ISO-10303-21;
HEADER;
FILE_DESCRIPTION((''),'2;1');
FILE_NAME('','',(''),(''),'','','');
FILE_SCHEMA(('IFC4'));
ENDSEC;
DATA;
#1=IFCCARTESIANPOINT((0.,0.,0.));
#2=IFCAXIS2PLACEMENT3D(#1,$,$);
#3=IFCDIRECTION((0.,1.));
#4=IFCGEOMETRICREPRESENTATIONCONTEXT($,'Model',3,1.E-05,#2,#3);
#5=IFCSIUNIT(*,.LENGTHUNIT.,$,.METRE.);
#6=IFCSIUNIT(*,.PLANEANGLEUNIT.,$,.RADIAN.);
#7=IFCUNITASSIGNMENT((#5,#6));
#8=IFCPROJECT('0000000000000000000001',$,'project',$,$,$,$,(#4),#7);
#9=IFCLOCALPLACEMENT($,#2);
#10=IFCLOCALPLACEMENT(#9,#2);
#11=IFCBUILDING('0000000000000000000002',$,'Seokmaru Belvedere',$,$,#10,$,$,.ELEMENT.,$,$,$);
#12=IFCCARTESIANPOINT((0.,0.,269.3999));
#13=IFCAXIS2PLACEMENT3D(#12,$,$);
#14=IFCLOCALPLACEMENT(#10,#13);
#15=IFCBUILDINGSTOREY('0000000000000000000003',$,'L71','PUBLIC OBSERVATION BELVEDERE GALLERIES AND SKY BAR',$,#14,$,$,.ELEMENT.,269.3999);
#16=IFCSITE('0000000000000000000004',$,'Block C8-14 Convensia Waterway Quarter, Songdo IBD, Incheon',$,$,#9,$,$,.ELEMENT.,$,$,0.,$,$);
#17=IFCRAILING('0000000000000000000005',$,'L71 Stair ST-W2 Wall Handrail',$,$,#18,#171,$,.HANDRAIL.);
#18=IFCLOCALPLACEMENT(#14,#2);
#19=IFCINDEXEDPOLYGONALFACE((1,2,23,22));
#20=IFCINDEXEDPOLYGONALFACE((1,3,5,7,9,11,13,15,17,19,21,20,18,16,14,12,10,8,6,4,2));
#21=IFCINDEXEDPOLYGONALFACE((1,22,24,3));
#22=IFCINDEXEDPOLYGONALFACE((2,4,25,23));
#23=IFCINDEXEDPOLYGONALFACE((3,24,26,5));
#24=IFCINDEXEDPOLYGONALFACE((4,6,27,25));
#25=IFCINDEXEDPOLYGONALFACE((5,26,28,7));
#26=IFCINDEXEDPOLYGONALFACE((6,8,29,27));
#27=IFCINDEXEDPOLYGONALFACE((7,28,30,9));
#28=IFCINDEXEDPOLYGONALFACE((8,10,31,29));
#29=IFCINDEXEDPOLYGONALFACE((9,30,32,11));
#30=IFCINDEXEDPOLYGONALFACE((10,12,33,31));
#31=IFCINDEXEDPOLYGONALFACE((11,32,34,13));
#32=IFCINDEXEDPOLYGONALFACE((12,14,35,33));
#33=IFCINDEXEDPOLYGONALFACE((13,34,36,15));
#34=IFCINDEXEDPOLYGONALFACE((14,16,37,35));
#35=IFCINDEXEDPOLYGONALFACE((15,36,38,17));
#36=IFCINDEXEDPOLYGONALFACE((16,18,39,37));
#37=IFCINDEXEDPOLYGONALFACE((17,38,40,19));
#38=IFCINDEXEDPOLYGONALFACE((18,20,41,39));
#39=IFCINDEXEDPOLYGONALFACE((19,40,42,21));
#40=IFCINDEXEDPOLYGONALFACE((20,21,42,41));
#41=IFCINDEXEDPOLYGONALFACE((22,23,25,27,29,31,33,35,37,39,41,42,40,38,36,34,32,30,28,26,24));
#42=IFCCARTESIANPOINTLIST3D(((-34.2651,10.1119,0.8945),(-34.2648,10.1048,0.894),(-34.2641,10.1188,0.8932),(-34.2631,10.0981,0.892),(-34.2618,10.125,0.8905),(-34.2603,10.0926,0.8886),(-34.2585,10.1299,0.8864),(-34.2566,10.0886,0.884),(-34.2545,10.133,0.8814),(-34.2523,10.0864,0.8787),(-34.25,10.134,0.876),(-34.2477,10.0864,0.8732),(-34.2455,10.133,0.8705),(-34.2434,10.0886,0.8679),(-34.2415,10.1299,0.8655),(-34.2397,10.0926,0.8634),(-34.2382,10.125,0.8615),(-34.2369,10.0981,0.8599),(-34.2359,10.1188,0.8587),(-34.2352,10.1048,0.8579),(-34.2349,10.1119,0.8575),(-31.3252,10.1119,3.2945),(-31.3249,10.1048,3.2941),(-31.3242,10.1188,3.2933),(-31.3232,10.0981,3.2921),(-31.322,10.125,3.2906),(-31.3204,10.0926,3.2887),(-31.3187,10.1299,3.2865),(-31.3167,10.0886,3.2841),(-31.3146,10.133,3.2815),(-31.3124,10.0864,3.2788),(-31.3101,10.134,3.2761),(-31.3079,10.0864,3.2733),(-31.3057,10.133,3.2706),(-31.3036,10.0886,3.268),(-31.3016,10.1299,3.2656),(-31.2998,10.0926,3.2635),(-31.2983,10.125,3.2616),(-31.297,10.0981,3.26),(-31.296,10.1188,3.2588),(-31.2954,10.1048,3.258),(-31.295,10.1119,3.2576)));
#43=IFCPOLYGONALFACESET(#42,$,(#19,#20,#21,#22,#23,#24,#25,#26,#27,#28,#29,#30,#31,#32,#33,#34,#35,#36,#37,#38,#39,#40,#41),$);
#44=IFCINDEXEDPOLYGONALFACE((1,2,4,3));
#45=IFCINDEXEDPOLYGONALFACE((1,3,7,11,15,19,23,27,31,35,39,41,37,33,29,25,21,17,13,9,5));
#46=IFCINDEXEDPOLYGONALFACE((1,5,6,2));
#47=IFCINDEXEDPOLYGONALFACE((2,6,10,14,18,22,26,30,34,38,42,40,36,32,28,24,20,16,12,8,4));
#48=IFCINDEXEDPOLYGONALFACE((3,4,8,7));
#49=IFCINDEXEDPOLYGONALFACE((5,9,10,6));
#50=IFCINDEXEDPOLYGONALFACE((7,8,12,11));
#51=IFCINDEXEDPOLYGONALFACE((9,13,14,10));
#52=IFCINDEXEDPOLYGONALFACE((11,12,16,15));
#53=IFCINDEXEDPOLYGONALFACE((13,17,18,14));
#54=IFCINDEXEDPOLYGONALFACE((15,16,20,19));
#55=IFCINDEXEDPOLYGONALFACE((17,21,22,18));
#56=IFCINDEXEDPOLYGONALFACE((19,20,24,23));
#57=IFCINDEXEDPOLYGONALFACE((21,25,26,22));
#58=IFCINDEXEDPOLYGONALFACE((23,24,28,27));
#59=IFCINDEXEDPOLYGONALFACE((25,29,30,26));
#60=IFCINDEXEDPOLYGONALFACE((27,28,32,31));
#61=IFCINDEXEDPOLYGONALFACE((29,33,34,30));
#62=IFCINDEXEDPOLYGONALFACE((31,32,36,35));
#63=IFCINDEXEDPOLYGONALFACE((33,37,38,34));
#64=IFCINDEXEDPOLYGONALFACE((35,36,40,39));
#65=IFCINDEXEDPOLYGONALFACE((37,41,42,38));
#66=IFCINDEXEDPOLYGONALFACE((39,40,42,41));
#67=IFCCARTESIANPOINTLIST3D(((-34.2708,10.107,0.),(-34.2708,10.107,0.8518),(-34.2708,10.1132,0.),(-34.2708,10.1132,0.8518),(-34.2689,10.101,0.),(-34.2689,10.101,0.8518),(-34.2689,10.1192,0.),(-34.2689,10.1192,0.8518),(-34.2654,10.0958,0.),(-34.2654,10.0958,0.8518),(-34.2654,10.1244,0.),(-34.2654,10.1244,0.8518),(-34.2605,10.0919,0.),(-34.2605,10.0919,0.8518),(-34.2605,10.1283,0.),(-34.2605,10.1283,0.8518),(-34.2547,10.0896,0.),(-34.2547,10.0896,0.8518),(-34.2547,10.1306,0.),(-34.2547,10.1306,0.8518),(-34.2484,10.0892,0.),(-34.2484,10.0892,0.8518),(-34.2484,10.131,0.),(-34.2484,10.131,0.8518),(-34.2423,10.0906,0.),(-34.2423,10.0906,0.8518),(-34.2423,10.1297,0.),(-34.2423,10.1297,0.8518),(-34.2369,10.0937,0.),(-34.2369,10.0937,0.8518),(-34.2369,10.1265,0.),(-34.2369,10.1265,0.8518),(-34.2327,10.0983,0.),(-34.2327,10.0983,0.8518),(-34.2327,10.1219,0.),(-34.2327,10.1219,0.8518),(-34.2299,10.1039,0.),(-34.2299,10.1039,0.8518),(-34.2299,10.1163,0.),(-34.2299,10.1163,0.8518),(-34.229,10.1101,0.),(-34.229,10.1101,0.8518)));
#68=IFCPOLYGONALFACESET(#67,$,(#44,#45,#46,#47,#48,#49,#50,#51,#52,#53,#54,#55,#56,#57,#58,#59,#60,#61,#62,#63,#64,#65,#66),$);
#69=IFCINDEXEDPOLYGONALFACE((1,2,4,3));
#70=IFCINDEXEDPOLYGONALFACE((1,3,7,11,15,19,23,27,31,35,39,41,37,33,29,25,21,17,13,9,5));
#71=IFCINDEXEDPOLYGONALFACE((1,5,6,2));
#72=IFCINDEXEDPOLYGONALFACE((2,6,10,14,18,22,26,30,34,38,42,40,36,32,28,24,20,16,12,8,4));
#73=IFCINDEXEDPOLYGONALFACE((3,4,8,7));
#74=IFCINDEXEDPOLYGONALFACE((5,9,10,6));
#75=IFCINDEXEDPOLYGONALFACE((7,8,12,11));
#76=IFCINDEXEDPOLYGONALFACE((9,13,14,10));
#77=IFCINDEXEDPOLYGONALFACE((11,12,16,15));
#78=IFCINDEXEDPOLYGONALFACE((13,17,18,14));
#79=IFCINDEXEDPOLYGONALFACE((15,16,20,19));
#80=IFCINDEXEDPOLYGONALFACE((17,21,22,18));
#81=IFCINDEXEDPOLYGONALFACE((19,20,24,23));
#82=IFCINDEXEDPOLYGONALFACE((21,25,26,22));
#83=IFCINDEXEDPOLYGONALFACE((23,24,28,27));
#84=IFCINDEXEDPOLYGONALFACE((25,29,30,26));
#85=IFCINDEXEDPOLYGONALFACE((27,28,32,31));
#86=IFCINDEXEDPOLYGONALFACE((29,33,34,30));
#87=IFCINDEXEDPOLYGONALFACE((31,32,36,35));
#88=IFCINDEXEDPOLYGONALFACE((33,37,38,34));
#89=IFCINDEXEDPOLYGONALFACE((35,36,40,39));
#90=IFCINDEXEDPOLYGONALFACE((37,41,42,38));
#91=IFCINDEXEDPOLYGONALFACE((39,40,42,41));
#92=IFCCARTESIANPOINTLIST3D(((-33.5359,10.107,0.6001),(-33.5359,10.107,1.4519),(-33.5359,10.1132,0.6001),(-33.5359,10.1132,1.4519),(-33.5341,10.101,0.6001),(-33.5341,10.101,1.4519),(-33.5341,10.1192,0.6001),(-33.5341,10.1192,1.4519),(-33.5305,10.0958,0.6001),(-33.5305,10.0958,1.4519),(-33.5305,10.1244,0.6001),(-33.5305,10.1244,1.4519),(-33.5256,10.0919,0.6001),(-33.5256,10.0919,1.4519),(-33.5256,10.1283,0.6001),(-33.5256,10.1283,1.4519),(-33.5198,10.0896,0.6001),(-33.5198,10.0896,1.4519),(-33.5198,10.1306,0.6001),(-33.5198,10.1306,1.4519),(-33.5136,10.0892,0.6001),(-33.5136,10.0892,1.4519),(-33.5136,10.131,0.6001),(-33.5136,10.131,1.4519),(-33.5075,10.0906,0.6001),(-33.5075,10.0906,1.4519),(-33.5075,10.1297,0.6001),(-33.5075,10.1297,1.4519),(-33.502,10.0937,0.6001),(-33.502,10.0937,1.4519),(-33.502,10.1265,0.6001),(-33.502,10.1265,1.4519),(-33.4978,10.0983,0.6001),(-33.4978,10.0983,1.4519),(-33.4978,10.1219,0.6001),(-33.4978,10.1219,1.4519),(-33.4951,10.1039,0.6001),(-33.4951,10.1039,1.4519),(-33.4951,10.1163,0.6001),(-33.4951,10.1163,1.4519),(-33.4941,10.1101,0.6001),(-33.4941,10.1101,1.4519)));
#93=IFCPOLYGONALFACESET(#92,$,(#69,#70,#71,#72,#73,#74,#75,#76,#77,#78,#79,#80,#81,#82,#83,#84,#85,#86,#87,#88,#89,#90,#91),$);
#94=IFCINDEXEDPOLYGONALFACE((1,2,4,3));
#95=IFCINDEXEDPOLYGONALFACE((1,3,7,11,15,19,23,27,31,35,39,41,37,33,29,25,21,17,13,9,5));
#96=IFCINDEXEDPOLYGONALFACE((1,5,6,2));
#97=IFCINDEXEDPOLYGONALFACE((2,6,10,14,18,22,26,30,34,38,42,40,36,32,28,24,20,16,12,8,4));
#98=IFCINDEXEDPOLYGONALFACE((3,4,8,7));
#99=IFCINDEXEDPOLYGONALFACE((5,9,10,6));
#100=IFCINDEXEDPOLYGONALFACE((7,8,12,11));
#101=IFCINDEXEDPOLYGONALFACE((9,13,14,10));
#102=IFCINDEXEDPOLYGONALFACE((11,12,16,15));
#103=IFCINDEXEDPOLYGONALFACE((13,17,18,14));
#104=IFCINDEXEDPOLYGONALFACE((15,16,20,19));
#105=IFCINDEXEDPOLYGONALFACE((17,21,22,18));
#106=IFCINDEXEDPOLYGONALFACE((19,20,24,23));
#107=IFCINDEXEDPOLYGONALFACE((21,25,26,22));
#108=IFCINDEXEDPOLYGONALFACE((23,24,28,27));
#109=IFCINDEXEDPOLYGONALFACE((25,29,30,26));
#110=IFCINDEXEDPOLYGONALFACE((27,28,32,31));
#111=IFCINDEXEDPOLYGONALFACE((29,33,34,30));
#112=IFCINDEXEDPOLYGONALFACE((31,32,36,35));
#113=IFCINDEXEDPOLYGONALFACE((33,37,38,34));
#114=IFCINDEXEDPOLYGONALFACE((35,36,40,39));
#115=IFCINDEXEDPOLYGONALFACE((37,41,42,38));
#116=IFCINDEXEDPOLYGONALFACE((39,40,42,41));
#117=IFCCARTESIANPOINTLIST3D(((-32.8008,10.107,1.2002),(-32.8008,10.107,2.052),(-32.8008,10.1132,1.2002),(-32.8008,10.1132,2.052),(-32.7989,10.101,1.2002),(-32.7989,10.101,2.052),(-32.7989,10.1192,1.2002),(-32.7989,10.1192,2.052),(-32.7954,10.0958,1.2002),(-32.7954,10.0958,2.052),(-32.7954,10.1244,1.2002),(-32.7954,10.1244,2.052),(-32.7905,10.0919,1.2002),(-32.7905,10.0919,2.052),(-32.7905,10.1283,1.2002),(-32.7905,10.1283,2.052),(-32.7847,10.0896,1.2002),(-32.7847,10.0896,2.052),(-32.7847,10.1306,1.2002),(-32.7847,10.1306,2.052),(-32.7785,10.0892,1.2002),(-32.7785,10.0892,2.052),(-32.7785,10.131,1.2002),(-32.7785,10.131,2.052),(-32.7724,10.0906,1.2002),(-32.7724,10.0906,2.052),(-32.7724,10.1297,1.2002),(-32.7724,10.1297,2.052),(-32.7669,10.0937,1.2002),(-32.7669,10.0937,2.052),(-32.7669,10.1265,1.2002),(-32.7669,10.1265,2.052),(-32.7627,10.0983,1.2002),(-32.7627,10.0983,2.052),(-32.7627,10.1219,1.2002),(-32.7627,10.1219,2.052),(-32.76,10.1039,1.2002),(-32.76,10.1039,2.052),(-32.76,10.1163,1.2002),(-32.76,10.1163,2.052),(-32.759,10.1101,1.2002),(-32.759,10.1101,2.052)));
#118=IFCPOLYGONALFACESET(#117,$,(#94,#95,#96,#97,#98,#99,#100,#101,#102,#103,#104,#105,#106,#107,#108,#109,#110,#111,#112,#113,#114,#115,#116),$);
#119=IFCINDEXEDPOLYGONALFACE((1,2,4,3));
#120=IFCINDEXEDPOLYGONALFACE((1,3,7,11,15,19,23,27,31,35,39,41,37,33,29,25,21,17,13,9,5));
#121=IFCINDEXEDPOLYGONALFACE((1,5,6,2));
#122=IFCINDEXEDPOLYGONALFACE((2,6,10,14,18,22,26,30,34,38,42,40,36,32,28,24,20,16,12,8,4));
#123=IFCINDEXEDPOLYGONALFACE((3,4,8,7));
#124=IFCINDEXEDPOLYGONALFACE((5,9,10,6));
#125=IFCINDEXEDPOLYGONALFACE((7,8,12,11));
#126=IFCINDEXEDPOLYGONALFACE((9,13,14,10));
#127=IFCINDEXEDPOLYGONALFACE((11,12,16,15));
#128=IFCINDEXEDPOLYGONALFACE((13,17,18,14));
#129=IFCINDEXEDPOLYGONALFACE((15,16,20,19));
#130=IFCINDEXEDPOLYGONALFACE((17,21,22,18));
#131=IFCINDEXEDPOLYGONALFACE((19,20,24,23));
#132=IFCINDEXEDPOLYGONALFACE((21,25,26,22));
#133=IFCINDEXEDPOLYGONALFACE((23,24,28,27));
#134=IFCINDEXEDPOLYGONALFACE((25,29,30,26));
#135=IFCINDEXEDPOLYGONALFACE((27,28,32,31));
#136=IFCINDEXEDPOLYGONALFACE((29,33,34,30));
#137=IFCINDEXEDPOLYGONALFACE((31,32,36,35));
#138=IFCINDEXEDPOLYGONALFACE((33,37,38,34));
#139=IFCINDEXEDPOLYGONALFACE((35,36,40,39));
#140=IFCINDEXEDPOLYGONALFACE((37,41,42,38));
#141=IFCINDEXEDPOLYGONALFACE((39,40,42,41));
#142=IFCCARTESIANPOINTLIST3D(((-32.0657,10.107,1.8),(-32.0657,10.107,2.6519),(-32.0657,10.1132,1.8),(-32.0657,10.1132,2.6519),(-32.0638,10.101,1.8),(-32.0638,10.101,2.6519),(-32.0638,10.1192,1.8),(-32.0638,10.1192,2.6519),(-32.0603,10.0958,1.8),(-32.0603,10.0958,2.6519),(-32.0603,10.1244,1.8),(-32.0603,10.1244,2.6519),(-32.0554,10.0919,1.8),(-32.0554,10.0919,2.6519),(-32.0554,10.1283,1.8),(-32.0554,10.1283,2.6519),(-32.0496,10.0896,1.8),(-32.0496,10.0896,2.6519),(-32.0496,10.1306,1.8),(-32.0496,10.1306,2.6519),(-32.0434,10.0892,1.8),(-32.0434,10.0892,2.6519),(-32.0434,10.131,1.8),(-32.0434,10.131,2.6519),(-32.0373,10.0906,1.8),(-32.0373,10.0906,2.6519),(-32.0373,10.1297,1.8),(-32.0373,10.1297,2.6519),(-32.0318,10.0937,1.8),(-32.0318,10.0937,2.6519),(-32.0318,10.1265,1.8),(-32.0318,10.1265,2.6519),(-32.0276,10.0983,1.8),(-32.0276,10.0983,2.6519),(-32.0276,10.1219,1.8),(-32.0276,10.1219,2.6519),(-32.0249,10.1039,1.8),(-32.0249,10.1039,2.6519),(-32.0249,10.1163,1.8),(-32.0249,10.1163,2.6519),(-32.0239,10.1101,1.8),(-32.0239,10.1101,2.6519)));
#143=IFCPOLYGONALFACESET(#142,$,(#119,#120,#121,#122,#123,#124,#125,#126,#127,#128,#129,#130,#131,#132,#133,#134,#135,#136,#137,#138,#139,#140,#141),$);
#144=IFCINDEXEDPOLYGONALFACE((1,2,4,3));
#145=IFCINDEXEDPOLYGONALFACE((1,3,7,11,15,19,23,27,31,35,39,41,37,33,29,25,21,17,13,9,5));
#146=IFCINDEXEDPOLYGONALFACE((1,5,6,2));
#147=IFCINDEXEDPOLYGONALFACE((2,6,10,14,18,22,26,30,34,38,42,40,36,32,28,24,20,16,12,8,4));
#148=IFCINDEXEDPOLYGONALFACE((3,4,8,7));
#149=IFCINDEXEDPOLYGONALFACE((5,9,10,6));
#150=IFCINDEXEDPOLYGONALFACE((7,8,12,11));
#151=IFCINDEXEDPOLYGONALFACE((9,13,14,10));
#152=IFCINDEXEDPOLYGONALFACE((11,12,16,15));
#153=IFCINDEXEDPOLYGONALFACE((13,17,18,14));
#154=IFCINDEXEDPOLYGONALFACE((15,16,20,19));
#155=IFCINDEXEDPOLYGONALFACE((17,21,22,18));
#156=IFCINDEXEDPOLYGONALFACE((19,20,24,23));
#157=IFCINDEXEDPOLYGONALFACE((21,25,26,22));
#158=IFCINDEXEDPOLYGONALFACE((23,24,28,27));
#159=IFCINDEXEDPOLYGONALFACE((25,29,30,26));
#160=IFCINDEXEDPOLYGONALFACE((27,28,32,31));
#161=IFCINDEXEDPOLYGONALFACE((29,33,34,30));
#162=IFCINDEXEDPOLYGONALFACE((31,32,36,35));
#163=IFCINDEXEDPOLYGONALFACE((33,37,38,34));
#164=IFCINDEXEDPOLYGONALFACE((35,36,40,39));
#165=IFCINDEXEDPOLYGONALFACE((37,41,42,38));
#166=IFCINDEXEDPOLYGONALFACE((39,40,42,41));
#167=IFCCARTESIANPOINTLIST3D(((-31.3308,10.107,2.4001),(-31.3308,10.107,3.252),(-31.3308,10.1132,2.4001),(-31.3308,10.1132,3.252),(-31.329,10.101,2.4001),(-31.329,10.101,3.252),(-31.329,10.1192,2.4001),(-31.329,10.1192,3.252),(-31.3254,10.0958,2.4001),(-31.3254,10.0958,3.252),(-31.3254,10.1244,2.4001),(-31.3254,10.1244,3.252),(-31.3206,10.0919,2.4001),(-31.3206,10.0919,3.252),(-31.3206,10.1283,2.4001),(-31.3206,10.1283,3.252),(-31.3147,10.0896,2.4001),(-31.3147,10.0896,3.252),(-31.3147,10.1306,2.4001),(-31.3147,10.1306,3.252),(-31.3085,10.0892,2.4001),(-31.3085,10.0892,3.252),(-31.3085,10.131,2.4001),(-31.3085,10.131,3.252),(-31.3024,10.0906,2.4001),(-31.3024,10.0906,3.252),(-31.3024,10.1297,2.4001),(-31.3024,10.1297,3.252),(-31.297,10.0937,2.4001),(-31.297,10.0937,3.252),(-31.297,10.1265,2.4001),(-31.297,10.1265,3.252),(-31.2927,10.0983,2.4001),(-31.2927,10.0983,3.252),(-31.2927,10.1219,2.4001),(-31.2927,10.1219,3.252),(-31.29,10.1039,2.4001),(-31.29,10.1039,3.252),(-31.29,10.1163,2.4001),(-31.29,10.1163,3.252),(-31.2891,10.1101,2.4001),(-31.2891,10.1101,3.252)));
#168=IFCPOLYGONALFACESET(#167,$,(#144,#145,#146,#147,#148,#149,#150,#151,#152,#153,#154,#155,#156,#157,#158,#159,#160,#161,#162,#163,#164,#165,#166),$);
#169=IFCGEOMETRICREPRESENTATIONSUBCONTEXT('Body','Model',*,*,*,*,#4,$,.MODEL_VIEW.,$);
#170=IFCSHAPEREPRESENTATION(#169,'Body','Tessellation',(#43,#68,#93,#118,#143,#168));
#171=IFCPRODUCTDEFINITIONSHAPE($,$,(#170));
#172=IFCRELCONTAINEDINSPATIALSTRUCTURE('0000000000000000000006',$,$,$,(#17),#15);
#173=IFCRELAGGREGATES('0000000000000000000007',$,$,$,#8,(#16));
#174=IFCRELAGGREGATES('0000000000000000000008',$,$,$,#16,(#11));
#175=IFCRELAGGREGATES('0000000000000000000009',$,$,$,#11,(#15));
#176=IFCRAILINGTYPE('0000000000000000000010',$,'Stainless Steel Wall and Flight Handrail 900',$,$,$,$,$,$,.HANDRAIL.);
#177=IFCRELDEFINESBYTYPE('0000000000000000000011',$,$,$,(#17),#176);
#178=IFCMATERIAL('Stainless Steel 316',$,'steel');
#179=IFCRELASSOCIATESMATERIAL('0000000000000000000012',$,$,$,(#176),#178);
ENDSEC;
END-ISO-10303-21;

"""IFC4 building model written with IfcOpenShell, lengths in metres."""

from ifc_helpers import new_model, si_unit, direction, frame, origin, origin_2d, place, context, subcontext, project, spatial, circle, extrude, material, type_object, element, save


model = new_model("IFC4")

# Units and contexts
model_context = context("Model", 3, precision=1e-05, world=origin(), true_north=direction((0.0, 1.0)))
body_context = subcontext(model_context, "Body", "Model", "MODEL_VIEW")
ifc_project = project(units=[si_unit("LENGTHUNIT", "METRE"), si_unit("PLANEANGLEUNIT", "RADIAN")], contexts=[model_context])

# Site, building, storey
site_placement = place(None, origin())
site = spatial("IfcSite", under=ifc_project, at=site_placement, Name="Block C8-14 Convensia Waterway Quarter, Songdo IBD, Incheon", CompositionType="ELEMENT", RefElevation=0.0)
building_placement = place(site_placement, origin())
building = spatial("IfcBuilding", under=site, at=building_placement, Name="Seokmaru Belvedere", CompositionType="ELEMENT")
storey_placement = place(building_placement, frame((0.0, 0.0, 269.3999)))
storey = spatial("IfcBuildingStorey", under=building, at=storey_placement, Name="L71", Description="PUBLIC OBSERVATION BELVEDERE GALLERIES AND SKY BAR", CompositionType="ELEMENT", Elevation=269.3999)

# Railing
ifc_material_1 = material(Name="Stainless Steel 316", Category="steel")
railing_type_1 = type_object("IfcRailingType", Name="Stainless Steel Wall and Flight Handrail 900", PredefinedType="HANDRAIL", material=ifc_material_1)
railing_1_placement = place(storey_placement, frame((-34.25, 10.1101, 0.0)))
element("IfcRailing", 1, at=railing_1_placement, inside=storey, type_object=railing_type_1, Name="L71 Stair ST-W2 Wall Handrail", PredefinedType="HANDRAIL", context=body_context, shape_type="SweptSolid", body=[
    extrude(circle(Radius=0.0239, at=origin_2d()), frame((0.0, 0.0, 0.876), z_axis=(0.774636, 0.0, 0.632407), x_axis=(0.0, 1.0, 0.0)), (0.0, 0.0, 1.0), 3.7952),
    extrude(circle(Radius=0.021, at=origin_2d()), origin(), (0.0, 0.0, 1.0), 0.8518),
    extrude(circle(Radius=0.021, at=origin_2d()), frame((0.7349, 0.0, 0.6001)), (0.0, 0.0, 1.0), 0.8518),
    extrude(circle(Radius=0.021, at=origin_2d()), frame((1.47, 0.0, 1.2002)), (0.0, 0.0, 1.0), 0.8518),
    extrude(circle(Radius=0.021, at=origin_2d()), frame((2.2051, 0.0, 1.8)), (0.0, 0.0, 1.0), 0.8518),
    extrude(circle(Radius=0.021, at=origin_2d()), frame((2.9399, 0.0, 2.4001)), (0.0, 0.0, 1.0), 0.8518),
])

save(model, "model.ifc")
